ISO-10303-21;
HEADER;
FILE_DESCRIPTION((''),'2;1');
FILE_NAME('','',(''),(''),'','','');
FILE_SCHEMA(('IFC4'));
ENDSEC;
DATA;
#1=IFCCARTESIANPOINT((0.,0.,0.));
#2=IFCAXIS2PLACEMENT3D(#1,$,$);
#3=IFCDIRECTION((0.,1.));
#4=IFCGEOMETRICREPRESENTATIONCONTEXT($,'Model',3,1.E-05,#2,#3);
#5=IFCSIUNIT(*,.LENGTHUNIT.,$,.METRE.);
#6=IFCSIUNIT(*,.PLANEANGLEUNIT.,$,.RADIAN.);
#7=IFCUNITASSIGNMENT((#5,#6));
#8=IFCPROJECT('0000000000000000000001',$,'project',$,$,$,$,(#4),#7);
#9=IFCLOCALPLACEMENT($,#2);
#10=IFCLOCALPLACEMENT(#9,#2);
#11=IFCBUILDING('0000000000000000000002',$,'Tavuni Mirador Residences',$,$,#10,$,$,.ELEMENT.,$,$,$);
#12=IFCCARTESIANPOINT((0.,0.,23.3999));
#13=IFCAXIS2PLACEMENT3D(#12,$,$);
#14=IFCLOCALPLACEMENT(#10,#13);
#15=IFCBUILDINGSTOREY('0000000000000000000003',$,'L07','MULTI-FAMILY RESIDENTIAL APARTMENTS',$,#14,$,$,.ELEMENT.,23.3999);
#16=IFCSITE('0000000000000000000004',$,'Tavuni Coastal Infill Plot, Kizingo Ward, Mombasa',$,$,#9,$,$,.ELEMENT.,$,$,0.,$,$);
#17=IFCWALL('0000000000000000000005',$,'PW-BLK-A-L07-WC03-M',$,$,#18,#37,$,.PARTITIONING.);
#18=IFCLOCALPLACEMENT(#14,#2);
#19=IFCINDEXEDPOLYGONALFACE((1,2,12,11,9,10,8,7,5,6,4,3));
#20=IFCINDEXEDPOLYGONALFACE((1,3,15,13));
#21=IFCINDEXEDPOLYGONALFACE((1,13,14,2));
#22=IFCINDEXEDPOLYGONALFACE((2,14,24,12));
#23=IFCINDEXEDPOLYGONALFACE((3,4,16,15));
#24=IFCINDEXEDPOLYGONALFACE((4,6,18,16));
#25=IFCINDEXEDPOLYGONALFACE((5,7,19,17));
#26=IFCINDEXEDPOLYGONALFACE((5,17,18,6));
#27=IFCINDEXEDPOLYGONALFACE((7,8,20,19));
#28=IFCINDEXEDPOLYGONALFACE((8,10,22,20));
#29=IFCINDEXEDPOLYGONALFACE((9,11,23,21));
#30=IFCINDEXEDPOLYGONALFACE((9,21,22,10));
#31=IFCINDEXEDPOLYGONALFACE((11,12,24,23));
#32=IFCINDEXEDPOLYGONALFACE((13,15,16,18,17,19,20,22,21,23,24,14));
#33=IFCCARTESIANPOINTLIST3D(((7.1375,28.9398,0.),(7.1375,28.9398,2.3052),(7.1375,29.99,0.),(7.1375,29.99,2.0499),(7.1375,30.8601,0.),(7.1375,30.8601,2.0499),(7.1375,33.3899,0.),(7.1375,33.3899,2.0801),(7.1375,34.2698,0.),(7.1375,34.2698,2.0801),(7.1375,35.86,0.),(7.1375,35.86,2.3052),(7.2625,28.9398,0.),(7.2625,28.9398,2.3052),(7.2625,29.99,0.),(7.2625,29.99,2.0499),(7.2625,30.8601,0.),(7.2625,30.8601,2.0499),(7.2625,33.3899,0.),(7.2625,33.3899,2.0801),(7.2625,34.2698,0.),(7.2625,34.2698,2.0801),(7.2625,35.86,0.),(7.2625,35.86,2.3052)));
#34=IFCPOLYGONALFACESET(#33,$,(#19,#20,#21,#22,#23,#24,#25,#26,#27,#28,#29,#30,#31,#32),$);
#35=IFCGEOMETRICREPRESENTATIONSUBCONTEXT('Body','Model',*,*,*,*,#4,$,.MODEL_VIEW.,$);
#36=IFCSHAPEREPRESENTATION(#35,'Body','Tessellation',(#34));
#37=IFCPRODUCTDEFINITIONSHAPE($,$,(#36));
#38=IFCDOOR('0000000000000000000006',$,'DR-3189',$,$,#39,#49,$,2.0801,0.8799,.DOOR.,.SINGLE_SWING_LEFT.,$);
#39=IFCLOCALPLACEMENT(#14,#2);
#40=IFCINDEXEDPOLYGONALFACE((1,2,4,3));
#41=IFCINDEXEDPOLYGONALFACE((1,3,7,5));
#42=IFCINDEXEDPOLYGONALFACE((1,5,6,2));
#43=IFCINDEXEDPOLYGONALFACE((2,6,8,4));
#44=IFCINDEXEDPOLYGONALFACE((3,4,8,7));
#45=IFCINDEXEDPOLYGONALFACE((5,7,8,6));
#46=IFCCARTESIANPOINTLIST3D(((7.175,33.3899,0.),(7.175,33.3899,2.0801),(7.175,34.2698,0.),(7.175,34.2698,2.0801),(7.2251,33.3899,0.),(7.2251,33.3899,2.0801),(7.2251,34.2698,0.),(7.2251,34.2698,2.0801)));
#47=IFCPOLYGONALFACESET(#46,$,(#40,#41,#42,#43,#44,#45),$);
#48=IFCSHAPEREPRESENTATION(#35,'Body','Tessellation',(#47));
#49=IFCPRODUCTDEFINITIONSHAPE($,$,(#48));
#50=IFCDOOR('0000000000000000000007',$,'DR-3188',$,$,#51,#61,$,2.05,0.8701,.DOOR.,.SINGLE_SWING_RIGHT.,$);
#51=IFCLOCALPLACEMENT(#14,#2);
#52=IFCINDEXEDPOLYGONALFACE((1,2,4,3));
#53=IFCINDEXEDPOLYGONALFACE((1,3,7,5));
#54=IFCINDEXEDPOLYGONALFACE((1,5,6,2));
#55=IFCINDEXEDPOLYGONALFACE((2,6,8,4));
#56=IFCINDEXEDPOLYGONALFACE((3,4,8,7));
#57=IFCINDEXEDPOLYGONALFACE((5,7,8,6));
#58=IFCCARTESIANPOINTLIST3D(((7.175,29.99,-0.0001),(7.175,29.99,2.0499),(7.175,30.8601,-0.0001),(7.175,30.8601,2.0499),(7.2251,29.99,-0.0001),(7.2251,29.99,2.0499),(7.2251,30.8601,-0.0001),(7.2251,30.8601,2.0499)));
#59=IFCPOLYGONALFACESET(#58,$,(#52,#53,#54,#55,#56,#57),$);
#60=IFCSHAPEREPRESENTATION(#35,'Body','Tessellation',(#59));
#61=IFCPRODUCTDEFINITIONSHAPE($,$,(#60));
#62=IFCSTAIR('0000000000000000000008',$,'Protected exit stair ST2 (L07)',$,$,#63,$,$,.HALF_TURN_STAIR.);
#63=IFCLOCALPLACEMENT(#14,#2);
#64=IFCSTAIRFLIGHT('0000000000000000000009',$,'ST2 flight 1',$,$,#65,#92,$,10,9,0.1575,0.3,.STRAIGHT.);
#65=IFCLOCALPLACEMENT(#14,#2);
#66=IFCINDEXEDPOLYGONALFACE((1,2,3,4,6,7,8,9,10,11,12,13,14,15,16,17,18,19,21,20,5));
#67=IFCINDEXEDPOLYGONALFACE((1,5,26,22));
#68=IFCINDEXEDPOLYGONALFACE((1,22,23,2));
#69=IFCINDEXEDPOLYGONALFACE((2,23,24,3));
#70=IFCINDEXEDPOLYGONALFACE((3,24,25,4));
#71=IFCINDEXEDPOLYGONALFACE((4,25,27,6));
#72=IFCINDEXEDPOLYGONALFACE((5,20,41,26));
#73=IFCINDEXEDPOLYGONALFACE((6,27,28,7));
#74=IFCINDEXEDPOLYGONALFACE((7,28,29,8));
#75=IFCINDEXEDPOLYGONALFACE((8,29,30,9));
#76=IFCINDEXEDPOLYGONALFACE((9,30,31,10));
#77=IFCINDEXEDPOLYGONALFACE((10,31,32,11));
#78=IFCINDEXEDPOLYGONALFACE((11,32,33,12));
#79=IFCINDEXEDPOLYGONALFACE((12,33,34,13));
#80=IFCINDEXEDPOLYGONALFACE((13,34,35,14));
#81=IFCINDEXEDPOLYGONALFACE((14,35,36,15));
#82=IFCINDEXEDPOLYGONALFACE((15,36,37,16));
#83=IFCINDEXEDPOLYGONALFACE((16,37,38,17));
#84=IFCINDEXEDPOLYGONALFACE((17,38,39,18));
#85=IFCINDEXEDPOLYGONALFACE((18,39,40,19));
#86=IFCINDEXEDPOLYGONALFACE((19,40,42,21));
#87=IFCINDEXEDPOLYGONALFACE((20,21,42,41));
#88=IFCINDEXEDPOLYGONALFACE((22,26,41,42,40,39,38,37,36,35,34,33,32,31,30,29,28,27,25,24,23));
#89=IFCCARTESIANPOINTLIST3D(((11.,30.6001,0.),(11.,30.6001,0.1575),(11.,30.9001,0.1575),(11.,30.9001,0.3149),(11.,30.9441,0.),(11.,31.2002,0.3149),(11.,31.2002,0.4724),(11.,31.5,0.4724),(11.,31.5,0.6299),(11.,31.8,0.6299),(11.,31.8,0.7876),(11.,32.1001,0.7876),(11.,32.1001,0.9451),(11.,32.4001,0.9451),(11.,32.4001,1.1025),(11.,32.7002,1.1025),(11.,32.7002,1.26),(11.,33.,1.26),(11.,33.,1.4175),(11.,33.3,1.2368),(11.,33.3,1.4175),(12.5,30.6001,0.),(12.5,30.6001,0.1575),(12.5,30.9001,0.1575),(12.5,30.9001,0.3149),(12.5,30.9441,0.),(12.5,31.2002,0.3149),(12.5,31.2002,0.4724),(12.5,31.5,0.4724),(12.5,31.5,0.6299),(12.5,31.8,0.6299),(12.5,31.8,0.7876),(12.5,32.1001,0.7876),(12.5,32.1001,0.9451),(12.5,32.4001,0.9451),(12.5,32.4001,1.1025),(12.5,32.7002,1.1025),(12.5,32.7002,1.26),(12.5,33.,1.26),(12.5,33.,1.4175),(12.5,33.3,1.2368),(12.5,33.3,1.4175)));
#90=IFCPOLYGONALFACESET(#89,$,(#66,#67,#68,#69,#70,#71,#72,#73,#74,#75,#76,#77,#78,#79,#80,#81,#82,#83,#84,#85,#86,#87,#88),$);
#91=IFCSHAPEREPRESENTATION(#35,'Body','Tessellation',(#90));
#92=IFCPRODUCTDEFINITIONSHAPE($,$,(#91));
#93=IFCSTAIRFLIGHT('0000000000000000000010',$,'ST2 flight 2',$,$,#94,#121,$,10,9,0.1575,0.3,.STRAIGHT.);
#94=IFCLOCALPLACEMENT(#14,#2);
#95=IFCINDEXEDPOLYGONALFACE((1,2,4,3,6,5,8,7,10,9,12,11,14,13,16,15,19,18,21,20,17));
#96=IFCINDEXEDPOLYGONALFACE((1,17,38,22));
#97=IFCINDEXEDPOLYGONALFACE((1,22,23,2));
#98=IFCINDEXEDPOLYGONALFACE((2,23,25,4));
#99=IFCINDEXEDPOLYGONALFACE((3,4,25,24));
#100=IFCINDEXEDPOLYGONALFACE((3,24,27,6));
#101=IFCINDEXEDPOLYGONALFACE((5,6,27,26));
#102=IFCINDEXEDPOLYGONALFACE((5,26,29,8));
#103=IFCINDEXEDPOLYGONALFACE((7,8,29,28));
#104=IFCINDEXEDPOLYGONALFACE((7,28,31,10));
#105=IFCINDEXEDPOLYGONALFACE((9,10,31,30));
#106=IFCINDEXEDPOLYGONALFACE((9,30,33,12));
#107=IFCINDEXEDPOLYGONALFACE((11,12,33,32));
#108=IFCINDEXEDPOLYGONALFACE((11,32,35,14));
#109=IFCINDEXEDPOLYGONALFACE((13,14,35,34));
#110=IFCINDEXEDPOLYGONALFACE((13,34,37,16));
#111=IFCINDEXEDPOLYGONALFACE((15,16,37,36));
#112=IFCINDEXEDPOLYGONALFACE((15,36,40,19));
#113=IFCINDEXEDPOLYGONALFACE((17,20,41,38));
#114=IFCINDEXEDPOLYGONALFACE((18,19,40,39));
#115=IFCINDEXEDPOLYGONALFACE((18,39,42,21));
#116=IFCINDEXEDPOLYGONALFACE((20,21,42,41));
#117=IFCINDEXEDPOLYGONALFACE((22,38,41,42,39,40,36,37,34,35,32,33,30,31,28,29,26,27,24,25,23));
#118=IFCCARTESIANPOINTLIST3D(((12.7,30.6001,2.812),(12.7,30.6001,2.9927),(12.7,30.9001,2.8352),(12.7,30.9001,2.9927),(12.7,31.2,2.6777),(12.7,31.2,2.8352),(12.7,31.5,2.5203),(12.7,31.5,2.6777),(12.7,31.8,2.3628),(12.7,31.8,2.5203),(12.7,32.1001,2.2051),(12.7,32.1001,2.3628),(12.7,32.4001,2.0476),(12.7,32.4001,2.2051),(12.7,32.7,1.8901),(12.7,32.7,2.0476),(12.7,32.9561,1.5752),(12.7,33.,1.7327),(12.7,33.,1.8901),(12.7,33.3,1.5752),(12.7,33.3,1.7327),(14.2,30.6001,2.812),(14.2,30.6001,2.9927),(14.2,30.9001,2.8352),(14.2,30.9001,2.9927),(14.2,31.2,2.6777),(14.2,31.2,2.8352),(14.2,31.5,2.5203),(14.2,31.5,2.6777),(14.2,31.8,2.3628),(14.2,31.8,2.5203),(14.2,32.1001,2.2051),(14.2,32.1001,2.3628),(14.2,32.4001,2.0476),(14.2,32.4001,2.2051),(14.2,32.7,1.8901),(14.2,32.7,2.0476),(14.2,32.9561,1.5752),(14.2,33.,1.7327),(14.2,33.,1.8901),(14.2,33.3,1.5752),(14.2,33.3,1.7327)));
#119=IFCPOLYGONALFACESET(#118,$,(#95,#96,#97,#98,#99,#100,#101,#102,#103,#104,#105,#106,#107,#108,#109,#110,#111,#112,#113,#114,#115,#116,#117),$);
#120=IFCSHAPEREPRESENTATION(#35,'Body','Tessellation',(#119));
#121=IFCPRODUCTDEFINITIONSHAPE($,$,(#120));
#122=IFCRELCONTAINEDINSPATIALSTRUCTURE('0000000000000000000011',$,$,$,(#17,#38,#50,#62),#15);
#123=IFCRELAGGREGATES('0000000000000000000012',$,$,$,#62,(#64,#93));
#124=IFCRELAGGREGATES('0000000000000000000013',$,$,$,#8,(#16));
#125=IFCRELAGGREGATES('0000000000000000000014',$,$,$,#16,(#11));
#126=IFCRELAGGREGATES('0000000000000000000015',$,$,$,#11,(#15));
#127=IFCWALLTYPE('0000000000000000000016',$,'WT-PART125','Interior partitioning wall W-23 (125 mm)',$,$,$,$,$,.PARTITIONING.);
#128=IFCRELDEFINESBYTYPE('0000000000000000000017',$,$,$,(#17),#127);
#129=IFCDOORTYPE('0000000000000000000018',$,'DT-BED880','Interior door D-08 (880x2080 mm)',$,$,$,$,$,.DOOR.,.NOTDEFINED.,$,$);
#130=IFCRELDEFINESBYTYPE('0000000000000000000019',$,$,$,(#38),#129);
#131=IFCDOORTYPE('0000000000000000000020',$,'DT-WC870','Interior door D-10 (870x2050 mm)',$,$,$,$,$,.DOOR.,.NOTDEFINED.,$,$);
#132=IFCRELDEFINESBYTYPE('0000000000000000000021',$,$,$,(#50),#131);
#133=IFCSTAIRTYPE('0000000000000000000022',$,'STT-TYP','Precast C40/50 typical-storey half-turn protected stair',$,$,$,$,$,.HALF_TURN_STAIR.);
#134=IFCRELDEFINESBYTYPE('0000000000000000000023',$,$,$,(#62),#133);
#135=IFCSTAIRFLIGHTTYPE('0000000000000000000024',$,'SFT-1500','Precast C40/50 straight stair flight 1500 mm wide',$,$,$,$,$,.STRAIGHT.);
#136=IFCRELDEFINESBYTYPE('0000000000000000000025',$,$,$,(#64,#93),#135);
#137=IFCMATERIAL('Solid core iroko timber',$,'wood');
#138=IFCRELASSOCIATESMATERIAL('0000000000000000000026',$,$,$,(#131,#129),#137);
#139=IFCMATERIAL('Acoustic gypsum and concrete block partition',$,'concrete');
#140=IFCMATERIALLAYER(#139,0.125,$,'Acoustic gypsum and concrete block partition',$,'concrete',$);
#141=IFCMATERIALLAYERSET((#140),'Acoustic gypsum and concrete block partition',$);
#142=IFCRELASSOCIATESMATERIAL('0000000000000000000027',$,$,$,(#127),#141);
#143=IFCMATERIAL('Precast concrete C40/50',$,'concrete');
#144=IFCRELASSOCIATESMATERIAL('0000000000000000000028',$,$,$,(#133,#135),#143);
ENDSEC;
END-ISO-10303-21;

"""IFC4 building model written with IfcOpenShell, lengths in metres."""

from ifc_helpers import new_model, si_unit, direction, frame, frame_2d, origin, place, context, subcontext, project, spatial, polyline, rectangle, outline, extrude, material, layer, layer_set, type_object, element, fill, aggregate, save


model = new_model("IFC4")

# Units and contexts
model_context = context("Model", 3, precision=1e-05, world=origin(), true_north=direction((0.0, 1.0)))
body_context = subcontext(model_context, "Body", "Model", "MODEL_VIEW")
ifc_project = project(units=[si_unit("LENGTHUNIT", "METRE"), si_unit("PLANEANGLEUNIT", "RADIAN")], contexts=[model_context])

# Site, building, storey
site_placement = place(None, origin())
site = spatial("IfcSite", under=ifc_project, at=site_placement, Name="Tavuni Coastal Infill Plot, Kizingo Ward, Mombasa", CompositionType="ELEMENT", RefElevation=0.0)
building_placement = place(site_placement, origin())
building = spatial("IfcBuilding", under=site, at=building_placement, Name="Tavuni Mirador Residences", CompositionType="ELEMENT")
storey_placement = place(building_placement, frame((0.0, 0.0, 23.3999)))
storey = spatial("IfcBuildingStorey", under=building, at=storey_placement, Name="L07", Description="MULTI-FAMILY RESIDENTIAL APARTMENTS", CompositionType="ELEMENT", Elevation=23.3999)

# Shared definitions
ifc_material_1 = material(Name="Precast concrete C40/50", Category="concrete")

# Shared definitions
ifc_material_2 = material(Name="Solid core iroko timber", Category="wood")

# Shared definitions
ifc_material_3 = material(Name="Acoustic gypsum and concrete block partition", Category="concrete")
door_type_1 = type_object("IfcDoorType", Name="DT-WC870", Description="Interior door D-10 (870x2050 mm)", OperationType="NOTDEFINED", PredefinedType="DOOR", material=ifc_material_2)

# Wall, openings, doors
ifc_layer_1 = layer(ifc_material_3, 0.125, Name="Acoustic gypsum and concrete block partition", Category="concrete")
ifc_layer_set_1 = layer_set([ifc_layer_1], Name="Acoustic gypsum and concrete block partition")
wall_type_1 = type_object("IfcWallType", Name="WT-PART125", Description="Interior partitioning wall W-23 (125 mm)", PredefinedType="PARTITIONING", material=ifc_layer_set_1)
wall_1_placement = place(storey_placement, frame((7.2, 28.9399, 0.0), z_axis=(0.0, 0.0, 1.0), x_axis=(0.0, 1.0, 0.0)))
wall_1 = element("IfcWall", 1, at=wall_1_placement, inside=storey, type_object=wall_type_1, Name="PW-BLK-A-L07-WC03-M", PredefinedType="PARTITIONING", context=body_context, shape_type="SweptSolid", body=[
    extrude(rectangle(XDim=6.9202, YDim=0.125, at=frame_2d((3.46, 0.0))), origin(), (0.0, 0.0, 1.0), 2.3052),
])
opening_1_placement = place(wall_1_placement, frame((1.05, 0.0, 0.0)))
opening_1 = element("IfcOpeningElement", 2, at=opening_1_placement, cuts=wall_1, PredefinedType="OPENING", context=body_context, shape_type="SweptSolid", body=[
    extrude(rectangle(XDim=0.8701, YDim=2.05, at=frame_2d((0.4351, 1.0249))), frame((0.0, 0.0725, 0.0), z_axis=(0.0, -1.0, 0.0), x_axis=(1.0, 0.0, 0.0)), (0.0, 0.0, 1.0), 0.145),
])
opening_2_placement = place(wall_1_placement, frame((4.45, 0.0, 0.0)))
opening_2 = element("IfcOpeningElement", 3, at=opening_2_placement, cuts=wall_1, PredefinedType="OPENING", context=body_context, shape_type="SweptSolid", body=[
    extrude(rectangle(XDim=0.8799, YDim=2.0801, at=frame_2d((0.4399, 1.04))), frame((0.0, 0.0725, 0.0), z_axis=(0.0, -1.0, 0.0), x_axis=(1.0, 0.0, 0.0)), (0.0, 0.0, 1.0), 0.145),
])
door_type_2 = type_object("IfcDoorType", Name="DT-BED880", Description="Interior door D-08 (880x2080 mm)", OperationType="NOTDEFINED", PredefinedType="DOOR", material=ifc_material_2)
door_1_placement = place(opening_2_placement, origin())
door_1 = element("IfcDoor", 4, at=door_1_placement, inside=storey, type_object=door_type_2, Name="DR-3189", OperationType="SINGLE_SWING_LEFT", OverallHeight=2.0801, OverallWidth=0.8799, PredefinedType="DOOR", context=body_context, shape_type="SweptSolid", body=[
    extrude(rectangle(XDim=0.8799, YDim=2.0801, at=frame_2d((0.4399, 1.04))), frame((0.0, 0.0249, 0.0), z_axis=(0.0, -1.0, 0.0), x_axis=(1.0, 0.0, 0.0)), (0.0, 0.0, 1.0), 0.05),
])
fill(opening_2, door_1)
door_2_placement = place(opening_1_placement, origin())
door_2 = element("IfcDoor", 5, at=door_2_placement, inside=storey, type_object=door_type_1, Name="DR-3188", OperationType="SINGLE_SWING_RIGHT", OverallHeight=2.05, OverallWidth=0.8701, PredefinedType="DOOR", context=body_context, shape_type="SweptSolid", body=[
    extrude(rectangle(XDim=0.8701, YDim=2.05, at=frame_2d((0.4351, 1.0249))), frame((0.0, 0.0249, 0.0), z_axis=(0.0, -1.0, 0.0), x_axis=(1.0, 0.0, 0.0)), (0.0, 0.0, 1.0), 0.05),
])
fill(opening_1, door_2)

# Stair, stair flights
stair_type = type_object("IfcStairType", Name="STT-TYP", Description="Precast C40/50 typical-storey half-turn protected stair", PredefinedType="HALF_TURN_STAIR", material=ifc_material_1)
stair_placement = place(storey_placement, origin())
stair = element("IfcStair", 6, at=stair_placement, inside=storey, type_object=stair_type, Name="Protected exit stair ST2 (L07)", PredefinedType="HALF_TURN_STAIR")
stair_flight_type = type_object("IfcStairFlightType", Name="SFT-1500", Description="Precast C40/50 straight stair flight 1500 mm wide", PredefinedType="STRAIGHT", material=ifc_material_1)
stair_flight_1_placement = place(storey_placement, frame((11.75, 30.6001, 0.0), z_axis=(0.0, 0.0, 1.0), x_axis=(0.0, 1.0, 0.0)))
stair_flight_1 = element("IfcStairFlight", 7, at=stair_flight_1_placement, type_object=stair_flight_type, Name="ST2 flight 1", NumberOfRisers=10, NumberOfTreads=9, PredefinedType="STRAIGHT", RiserHeight=0.1575, TreadLength=0.3, context=body_context, shape_type="SweptSolid", body=[
    extrude(outline(polyline([(0.0, 0.0), (0.0, 0.1575), (0.3, 0.1575), (0.3, 0.3149), (0.6001, 0.3149), (0.6001, 0.4724), (0.8999, 0.4724), (0.8999, 0.6299), (1.2, 0.6299), (1.2, 0.7876), (1.5, 0.7876), (1.5, 0.9451), (1.8, 0.9451), (1.8, 1.1025), (2.1001, 1.1025), (2.1001, 1.26), (2.3999, 1.26), (2.3999, 1.4175), (2.7, 1.4175), (2.7, 1.575), (2.7, 1.2368), (0.344, 0.0), (0.0, 0.0)])), frame((0.0, 0.75, 0.0), z_axis=(0.0, -1.0, 0.0), x_axis=(1.0, 0.0, 0.0)), (0.0, 0.0, 1.0), 1.5),
])
stair_flight_2_placement = place(storey_placement, frame((13.45, 33.3, 1.5752), z_axis=(0.0, 0.0, 1.0), x_axis=(0.0, -1.0, 0.0)))
stair_flight_2 = element("IfcStairFlight", 8, at=stair_flight_2_placement, type_object=stair_flight_type, Name="ST2 flight 2", NumberOfRisers=10, NumberOfTreads=9, PredefinedType="STRAIGHT", RiserHeight=0.1575, TreadLength=0.3, context=body_context, shape_type="SweptSolid", body=[
    extrude(outline(polyline([(0.0, 0.0), (0.0, 0.1575), (0.3, 0.1575), (0.3, 0.3149), (0.6001, 0.3149), (0.6001, 0.4724), (0.8999, 0.4724), (0.8999, 0.6299), (1.2, 0.6299), (1.2, 0.7876), (1.5, 0.7876), (1.5, 0.9451), (1.8, 0.9451), (1.8, 1.1025), (2.1001, 1.1025), (2.1001, 1.26), (2.3999, 1.26), (2.3999, 1.4175), (2.7, 1.4175), (2.7, 1.575), (2.7, 1.2368), (0.344, 0.0), (0.0, 0.0)])), frame((0.0, 0.75, 0.0), z_axis=(0.0, -1.0, 0.0), x_axis=(1.0, 0.0, 0.0)), (0.0, 0.0, 1.0), 1.5),
])
aggregate(stair, [stair_flight_1, stair_flight_2])

save(model, "model.ifc")
